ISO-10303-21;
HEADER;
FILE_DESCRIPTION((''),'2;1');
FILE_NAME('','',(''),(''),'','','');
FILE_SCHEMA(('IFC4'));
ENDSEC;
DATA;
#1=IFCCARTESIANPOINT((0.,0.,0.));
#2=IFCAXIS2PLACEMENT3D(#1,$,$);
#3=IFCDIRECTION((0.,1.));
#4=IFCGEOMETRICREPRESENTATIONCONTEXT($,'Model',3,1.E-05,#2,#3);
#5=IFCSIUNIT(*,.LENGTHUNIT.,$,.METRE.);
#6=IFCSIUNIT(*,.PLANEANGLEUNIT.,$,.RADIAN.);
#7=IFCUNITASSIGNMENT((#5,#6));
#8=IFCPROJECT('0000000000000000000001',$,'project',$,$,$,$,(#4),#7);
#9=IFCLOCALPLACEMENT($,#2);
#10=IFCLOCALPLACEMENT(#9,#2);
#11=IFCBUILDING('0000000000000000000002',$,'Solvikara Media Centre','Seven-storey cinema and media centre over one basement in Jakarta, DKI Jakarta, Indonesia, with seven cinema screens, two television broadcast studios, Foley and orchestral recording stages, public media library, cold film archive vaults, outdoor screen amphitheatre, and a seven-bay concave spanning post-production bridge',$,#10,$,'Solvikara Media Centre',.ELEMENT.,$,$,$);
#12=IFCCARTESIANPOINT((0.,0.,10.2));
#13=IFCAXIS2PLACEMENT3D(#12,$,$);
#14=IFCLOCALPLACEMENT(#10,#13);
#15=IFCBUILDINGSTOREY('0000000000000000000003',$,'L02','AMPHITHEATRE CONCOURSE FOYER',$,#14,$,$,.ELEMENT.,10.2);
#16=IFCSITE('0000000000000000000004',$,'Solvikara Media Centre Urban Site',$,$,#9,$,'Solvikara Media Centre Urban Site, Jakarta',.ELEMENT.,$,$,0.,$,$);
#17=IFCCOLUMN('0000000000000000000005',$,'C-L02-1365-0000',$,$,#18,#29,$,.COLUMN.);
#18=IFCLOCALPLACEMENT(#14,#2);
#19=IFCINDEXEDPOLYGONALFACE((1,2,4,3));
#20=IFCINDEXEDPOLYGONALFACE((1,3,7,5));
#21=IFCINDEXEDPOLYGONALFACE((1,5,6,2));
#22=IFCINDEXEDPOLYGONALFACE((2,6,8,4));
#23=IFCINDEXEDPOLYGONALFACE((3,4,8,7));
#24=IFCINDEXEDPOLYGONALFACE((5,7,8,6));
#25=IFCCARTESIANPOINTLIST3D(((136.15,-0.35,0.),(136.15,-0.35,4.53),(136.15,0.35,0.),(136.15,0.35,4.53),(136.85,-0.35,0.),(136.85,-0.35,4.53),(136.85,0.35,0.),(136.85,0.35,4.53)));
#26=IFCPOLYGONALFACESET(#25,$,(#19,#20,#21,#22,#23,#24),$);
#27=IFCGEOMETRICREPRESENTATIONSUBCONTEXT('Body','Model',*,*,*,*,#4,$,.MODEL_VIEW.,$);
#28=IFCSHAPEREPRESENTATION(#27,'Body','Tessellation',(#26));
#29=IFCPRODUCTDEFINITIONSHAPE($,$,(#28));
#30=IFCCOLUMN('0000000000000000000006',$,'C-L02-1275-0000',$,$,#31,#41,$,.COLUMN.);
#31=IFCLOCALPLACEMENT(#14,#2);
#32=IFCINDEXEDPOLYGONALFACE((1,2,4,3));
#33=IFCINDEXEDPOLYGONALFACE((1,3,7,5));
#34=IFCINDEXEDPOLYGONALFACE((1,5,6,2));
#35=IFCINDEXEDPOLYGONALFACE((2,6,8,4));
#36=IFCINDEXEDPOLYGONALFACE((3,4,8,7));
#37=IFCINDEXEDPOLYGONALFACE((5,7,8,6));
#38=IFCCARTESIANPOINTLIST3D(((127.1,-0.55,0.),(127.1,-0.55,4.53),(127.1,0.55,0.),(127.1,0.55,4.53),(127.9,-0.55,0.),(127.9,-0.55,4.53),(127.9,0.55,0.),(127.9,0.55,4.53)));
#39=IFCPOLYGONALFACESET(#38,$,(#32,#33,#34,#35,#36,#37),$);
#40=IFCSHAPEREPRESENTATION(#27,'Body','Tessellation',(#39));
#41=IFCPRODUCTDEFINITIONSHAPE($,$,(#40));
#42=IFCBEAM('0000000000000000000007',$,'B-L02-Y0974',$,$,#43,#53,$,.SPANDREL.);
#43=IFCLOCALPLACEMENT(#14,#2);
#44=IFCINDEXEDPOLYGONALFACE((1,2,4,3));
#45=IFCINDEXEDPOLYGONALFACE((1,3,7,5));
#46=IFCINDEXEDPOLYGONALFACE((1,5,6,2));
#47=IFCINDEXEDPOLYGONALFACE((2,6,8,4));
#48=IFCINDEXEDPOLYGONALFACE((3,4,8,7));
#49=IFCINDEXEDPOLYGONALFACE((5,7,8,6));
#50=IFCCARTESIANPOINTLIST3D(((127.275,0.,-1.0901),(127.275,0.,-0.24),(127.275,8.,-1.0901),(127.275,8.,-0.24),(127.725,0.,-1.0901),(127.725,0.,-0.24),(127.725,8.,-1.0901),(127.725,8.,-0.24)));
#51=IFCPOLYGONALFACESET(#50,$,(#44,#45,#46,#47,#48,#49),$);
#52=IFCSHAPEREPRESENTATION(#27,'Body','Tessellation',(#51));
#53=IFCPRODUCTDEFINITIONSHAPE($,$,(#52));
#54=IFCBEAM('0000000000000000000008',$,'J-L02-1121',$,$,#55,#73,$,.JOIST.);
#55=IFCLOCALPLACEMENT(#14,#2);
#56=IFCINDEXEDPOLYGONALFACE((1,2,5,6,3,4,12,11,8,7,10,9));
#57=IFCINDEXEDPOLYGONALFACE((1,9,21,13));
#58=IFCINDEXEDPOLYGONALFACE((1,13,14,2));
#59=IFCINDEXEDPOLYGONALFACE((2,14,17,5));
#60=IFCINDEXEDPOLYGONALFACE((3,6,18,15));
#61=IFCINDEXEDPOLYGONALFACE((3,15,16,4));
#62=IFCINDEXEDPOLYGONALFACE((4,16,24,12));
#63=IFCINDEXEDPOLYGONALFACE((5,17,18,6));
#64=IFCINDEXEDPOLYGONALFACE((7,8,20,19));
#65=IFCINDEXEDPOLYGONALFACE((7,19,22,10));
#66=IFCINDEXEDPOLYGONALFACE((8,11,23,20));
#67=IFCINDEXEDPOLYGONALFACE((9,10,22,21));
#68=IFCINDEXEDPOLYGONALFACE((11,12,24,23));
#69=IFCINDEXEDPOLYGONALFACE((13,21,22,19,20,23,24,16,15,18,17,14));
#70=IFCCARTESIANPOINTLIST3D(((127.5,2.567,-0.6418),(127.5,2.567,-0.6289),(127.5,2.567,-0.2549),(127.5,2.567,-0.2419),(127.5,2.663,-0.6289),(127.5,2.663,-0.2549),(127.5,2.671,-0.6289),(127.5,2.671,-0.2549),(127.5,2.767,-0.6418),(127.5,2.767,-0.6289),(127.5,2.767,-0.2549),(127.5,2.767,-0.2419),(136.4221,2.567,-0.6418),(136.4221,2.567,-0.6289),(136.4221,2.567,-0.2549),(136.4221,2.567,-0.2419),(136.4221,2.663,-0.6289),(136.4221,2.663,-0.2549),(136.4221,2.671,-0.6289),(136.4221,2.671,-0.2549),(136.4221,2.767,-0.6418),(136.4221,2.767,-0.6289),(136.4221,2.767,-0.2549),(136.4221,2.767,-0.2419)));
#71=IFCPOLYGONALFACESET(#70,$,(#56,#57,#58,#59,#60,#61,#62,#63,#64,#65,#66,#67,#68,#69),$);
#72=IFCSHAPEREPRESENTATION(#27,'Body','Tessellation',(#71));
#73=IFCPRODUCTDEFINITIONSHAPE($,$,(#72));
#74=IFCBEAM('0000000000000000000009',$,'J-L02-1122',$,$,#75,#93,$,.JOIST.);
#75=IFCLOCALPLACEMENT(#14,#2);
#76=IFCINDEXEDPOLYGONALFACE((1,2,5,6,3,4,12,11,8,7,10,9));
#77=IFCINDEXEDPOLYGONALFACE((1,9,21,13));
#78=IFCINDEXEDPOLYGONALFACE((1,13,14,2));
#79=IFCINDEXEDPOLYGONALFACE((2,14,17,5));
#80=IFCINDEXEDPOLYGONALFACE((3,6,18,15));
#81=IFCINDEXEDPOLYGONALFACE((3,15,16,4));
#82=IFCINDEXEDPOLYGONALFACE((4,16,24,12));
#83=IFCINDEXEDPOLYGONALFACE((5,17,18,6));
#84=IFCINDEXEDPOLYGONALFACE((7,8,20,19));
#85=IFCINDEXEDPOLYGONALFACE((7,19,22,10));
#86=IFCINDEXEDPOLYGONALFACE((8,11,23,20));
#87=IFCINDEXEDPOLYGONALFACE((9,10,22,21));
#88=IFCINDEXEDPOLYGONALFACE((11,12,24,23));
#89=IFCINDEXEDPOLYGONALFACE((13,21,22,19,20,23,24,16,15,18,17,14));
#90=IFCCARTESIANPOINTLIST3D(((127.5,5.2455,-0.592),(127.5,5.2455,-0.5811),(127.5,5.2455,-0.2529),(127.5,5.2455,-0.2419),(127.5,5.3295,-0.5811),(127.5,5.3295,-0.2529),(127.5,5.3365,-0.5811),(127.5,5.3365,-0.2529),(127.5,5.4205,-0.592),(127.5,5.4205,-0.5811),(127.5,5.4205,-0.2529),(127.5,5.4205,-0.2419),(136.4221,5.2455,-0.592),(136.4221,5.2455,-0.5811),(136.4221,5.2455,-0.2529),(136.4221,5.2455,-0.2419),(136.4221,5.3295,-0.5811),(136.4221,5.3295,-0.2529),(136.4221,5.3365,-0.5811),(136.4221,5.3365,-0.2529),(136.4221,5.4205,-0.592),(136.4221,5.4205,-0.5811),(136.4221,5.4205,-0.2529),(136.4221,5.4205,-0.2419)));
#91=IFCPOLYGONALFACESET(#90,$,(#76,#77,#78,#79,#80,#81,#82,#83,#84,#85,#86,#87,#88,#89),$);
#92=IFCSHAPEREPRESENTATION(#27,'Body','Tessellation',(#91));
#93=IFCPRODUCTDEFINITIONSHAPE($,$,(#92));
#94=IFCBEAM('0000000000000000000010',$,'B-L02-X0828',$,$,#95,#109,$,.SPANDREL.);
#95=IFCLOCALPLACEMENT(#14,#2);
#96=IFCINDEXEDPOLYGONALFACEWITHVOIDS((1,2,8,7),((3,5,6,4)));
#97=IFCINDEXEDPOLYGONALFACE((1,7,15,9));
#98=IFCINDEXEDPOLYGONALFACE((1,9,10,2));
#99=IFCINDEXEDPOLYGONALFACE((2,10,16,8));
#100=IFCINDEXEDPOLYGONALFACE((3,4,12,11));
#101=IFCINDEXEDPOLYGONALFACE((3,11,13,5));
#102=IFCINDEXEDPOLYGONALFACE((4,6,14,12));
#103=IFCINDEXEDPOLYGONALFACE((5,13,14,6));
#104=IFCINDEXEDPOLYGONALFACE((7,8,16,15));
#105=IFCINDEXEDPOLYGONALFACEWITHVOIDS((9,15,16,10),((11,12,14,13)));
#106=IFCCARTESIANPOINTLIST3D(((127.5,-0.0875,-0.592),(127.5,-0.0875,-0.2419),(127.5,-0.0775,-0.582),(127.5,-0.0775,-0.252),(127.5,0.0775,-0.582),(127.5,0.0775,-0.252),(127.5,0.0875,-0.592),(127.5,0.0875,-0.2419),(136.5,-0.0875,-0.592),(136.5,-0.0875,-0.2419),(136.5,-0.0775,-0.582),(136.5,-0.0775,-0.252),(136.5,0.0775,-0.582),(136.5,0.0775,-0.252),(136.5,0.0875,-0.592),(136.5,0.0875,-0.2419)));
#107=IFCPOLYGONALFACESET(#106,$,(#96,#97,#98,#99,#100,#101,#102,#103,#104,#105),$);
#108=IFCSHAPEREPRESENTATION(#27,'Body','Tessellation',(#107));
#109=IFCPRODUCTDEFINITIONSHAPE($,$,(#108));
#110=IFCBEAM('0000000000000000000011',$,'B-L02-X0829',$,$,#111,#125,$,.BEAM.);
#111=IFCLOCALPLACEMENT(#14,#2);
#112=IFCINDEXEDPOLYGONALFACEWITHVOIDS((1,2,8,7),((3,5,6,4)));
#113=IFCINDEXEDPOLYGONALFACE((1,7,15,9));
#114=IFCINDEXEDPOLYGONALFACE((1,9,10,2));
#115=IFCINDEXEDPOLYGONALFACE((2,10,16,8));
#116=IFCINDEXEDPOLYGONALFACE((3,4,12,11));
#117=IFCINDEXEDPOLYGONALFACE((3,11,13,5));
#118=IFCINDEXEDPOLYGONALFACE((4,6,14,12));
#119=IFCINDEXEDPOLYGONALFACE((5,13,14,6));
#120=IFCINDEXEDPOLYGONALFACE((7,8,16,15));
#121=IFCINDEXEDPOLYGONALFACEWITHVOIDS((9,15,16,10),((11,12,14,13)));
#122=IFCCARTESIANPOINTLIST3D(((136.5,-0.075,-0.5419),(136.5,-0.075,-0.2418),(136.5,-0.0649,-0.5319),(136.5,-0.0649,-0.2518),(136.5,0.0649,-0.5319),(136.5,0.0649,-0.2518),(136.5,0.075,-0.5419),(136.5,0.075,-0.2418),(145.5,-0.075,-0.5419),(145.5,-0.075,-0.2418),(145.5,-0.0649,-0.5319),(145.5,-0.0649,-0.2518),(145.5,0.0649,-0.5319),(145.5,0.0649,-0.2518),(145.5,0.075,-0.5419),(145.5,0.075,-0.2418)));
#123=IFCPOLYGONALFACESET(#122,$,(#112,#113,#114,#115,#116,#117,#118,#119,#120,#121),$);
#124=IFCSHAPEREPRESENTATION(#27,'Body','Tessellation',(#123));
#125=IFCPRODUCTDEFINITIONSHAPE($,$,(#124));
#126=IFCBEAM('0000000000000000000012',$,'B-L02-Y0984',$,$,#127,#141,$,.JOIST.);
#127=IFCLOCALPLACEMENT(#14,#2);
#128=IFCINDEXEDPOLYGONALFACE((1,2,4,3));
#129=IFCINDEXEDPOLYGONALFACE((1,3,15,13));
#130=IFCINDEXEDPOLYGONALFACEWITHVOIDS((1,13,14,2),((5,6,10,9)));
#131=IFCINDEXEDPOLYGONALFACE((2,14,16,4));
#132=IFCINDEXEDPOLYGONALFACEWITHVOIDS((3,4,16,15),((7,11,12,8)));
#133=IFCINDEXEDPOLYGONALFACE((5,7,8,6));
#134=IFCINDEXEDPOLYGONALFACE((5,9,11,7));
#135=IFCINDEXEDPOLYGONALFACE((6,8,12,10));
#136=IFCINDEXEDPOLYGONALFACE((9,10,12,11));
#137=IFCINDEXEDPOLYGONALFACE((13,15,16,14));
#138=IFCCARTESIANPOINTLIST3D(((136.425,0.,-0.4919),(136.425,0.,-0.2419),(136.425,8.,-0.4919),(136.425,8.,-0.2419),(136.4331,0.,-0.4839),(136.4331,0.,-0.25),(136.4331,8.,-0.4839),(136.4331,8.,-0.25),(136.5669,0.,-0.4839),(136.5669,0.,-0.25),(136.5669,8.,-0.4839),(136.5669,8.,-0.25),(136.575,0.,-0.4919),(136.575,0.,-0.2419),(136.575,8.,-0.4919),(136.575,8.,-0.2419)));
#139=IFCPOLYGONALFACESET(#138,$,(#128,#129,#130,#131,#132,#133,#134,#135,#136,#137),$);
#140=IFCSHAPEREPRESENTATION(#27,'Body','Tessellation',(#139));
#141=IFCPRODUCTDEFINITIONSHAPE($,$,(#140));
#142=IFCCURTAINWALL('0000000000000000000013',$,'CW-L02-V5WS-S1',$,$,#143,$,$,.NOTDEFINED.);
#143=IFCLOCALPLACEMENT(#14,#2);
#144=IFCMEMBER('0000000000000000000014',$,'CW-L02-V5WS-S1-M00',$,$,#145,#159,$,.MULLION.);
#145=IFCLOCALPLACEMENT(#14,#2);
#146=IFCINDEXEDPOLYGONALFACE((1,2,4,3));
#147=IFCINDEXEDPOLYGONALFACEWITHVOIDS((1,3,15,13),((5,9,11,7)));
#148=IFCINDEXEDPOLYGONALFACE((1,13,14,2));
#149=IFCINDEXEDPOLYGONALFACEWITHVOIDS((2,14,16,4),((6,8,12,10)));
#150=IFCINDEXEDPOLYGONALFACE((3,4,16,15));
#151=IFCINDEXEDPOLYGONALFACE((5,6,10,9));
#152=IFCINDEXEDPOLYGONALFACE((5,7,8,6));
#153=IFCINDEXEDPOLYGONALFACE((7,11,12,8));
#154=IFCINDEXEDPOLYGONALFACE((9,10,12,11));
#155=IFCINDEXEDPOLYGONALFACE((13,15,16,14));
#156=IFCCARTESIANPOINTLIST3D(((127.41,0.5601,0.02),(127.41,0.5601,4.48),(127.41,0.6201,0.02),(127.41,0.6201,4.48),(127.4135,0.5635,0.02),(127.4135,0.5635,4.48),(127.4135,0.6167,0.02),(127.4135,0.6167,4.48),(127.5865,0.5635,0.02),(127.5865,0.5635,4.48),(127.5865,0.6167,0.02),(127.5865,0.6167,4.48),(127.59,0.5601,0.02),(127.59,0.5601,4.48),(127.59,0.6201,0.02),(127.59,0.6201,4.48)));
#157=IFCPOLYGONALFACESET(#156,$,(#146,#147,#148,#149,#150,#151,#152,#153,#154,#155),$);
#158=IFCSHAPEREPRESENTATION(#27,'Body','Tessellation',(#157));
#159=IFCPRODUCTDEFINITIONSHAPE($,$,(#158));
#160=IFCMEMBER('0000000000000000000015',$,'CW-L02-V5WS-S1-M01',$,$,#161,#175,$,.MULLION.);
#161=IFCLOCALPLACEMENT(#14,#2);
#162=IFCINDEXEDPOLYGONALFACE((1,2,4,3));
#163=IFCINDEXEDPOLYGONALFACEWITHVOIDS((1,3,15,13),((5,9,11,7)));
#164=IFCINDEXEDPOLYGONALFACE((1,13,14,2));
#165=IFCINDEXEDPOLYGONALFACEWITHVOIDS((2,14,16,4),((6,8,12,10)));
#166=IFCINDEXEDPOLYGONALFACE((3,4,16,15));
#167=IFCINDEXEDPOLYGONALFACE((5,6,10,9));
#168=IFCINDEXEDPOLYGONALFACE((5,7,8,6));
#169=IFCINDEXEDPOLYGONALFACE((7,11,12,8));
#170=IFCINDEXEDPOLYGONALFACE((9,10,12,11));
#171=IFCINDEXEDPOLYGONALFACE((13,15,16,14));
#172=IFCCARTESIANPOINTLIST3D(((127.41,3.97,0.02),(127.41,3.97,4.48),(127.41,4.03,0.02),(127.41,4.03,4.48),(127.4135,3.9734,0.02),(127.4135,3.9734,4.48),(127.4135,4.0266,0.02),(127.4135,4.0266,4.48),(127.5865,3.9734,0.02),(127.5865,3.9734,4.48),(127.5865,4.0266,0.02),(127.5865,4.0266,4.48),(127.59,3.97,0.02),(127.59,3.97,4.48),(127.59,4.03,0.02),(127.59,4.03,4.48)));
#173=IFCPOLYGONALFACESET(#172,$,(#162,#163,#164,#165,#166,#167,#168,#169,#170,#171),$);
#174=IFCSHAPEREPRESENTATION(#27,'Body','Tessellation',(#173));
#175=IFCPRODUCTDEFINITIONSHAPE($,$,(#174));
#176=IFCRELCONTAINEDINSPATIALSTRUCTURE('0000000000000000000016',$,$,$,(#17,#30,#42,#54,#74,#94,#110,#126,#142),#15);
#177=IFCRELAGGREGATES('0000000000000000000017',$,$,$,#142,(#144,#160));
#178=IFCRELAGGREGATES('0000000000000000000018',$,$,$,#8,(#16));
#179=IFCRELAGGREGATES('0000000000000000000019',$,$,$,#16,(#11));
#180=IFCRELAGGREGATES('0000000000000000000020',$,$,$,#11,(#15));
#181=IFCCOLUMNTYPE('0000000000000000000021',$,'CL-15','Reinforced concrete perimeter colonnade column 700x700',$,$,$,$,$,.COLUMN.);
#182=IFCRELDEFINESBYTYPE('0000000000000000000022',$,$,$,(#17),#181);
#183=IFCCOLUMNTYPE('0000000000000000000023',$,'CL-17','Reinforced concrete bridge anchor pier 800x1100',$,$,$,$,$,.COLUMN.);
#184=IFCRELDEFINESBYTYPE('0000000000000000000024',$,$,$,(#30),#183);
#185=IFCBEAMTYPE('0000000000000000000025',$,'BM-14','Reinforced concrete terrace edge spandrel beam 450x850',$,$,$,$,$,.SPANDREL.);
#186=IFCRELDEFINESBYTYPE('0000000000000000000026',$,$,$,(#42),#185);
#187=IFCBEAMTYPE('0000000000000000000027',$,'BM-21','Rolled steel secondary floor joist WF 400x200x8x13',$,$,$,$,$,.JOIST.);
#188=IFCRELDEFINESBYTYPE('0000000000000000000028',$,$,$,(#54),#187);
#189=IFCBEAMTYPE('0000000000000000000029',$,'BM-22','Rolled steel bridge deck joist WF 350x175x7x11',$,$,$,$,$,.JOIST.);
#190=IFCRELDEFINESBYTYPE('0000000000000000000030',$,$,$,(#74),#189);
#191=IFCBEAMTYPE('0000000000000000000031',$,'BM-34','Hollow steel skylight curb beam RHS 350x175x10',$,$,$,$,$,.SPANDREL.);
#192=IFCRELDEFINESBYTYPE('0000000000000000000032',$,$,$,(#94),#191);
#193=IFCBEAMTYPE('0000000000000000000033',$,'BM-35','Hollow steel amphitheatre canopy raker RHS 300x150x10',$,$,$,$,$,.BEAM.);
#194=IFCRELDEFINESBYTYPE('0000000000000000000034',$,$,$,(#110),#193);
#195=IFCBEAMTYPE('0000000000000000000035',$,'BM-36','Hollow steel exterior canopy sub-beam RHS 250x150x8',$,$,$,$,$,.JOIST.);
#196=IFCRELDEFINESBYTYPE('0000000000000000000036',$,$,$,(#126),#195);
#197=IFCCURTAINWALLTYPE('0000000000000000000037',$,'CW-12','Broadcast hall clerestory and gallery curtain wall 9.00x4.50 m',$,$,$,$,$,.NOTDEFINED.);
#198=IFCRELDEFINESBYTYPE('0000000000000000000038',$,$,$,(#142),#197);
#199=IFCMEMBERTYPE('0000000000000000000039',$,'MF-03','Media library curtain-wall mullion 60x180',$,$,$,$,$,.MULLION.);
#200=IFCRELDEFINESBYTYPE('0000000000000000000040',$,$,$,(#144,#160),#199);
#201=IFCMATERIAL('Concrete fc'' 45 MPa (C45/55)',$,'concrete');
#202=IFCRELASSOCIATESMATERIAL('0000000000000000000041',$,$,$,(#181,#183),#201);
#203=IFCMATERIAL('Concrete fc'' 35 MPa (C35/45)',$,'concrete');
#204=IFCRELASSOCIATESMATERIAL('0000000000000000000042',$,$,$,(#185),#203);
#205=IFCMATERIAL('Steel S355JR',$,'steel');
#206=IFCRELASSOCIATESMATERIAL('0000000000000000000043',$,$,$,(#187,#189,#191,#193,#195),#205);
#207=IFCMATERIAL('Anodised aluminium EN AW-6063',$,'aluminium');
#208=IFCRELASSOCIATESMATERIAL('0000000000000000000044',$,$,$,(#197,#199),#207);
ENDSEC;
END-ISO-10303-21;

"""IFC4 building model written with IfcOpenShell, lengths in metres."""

from ifc_helpers import new_model, si_unit, direction, frame, origin, origin_2d, place, context, subcontext, project, spatial, rectangle, hollow_rectangle, i_section, extrude, material, material_profile, profile_set, type_object, element, aggregate, save


model = new_model("IFC4")

# Units and contexts
model_context = context("Model", 3, precision=1e-05, world=origin(), true_north=direction((0.0, 1.0)))
body_context = subcontext(model_context, "Body", "Model", "MODEL_VIEW")
ifc_project = project(units=[si_unit("LENGTHUNIT", "METRE"), si_unit("PLANEANGLEUNIT", "RADIAN")], contexts=[model_context])

# Site, building, storey
site_placement = place(None, origin())
site = spatial("IfcSite", under=ifc_project, at=site_placement, Name="Solvikara Media Centre Urban Site", LongName="Solvikara Media Centre Urban Site, Jakarta", CompositionType="ELEMENT", RefElevation=0.0)
building_placement = place(site_placement, origin())
building = spatial("IfcBuilding", under=site, at=building_placement, Name="Solvikara Media Centre", Description="Seven-storey cinema and media centre over one basement in Jakarta, DKI Jakarta, Indonesia, with seven cinema screens, two television broadcast studios, Foley and orchestral recording stages, public media library, cold film archive vaults, outdoor screen amphitheatre, and a seven-bay concave spanning post-production bridge", LongName="Solvikara Media Centre", CompositionType="ELEMENT")
storey_placement = place(building_placement, frame((0.0, 0.0, 10.2)))
storey = spatial("IfcBuildingStorey", under=building, at=storey_placement, Name="L02", Description="AMPHITHEATRE CONCOURSE FOYER", CompositionType="ELEMENT", Elevation=10.2)

# Columns
ifc_material_1 = material(Name="Concrete fc' 45 MPa (C45/55)", Category="concrete")
ifc_material_profile_1 = material_profile(ifc_material_1, rectangle(XDim=0.7, YDim=0.7, at=origin_2d()), Name="RC 700x700")
ifc_profile_set_1 = profile_set([ifc_material_profile_1], Name="Concrete fc' 45 MPa (C45/55)")
column_type_1 = type_object("IfcColumnType", Name="CL-15", Description="Reinforced concrete perimeter colonnade column 700x700", PredefinedType="COLUMN", material=ifc_profile_set_1)
column_1_placement = place(storey_placement, frame((136.5, 0.0, 0.0), z_axis=(0.0, 0.0, 1.0), x_axis=(1.0, 0.0, 0.0)))
element("IfcColumn", 1, at=column_1_placement, inside=storey, type_object=column_type_1, Name="C-L02-1365-0000", PredefinedType="COLUMN", context=body_context, shape_type="SweptSolid", body=[
    extrude(rectangle(XDim=0.7, YDim=0.7, at=origin_2d()), origin(), (0.0, 0.0, 1.0), 4.53),
])
ifc_material_profile_2 = material_profile(ifc_material_1, rectangle(XDim=0.8, YDim=1.1001, at=origin_2d()), Name="RC 800x1100")
ifc_profile_set_2 = profile_set([ifc_material_profile_2], Name="Concrete fc' 45 MPa (C45/55)")
column_type_2 = type_object("IfcColumnType", Name="CL-17", Description="Reinforced concrete bridge anchor pier 800x1100", PredefinedType="COLUMN", material=ifc_profile_set_2)
column_2_placement = place(storey_placement, frame((127.5, 0.0, 0.0), z_axis=(0.0, 0.0, 1.0), x_axis=(1.0, 0.0, 0.0)))
element("IfcColumn", 2, at=column_2_placement, inside=storey, type_object=column_type_2, Name="C-L02-1275-0000", PredefinedType="COLUMN", context=body_context, shape_type="SweptSolid", body=[
    extrude(rectangle(XDim=0.8, YDim=1.1001, at=origin_2d()), origin(), (0.0, 0.0, 1.0), 4.53),
])

# Beams
ifc_material_2 = material(Name="Concrete fc' 35 MPa (C35/45)", Category="concrete")
ifc_material_profile_3 = material_profile(ifc_material_2, rectangle(XDim=0.45, YDim=0.8501, at=origin_2d()), Name="RC 450x850")
ifc_profile_set_3 = profile_set([ifc_material_profile_3], Name="Concrete fc' 35 MPa (C35/45)")
beam_type_1 = type_object("IfcBeamType", Name="BM-14", Description="Reinforced concrete terrace edge spandrel beam 450x850", PredefinedType="SPANDREL", material=ifc_profile_set_3)
beam_1_placement = place(storey_placement, frame((127.5, 0.0, -0.665), z_axis=(0.0, 1.0, 0.0), x_axis=(-1.0, 0.0, 0.0)))
element("IfcBeam", 3, at=beam_1_placement, inside=storey, type_object=beam_type_1, Name="B-L02-Y0974", PredefinedType="SPANDREL", context=body_context, shape_type="SweptSolid", body=[
    extrude(rectangle(XDim=0.45, YDim=0.8501, at=origin_2d()), origin(), (0.0, 0.0, 1.0), 8.0),
])
ifc_material_3 = material(Name="Steel S355JR", Category="steel")
ifc_material_profile_4 = material_profile(ifc_material_3, i_section(OverallWidth=0.2, OverallDepth=0.3999, WebThickness=0.0081, FlangeThickness=0.0129, at=origin_2d()), Name="WF 400x200x8x13")
ifc_profile_set_4 = profile_set([ifc_material_profile_4], Name="Steel S355JR")
beam_type_2 = type_object("IfcBeamType", Name="BM-21", Description="Rolled steel secondary floor joist WF 400x200x8x13", PredefinedType="JOIST", material=ifc_profile_set_4)
beam_2_placement = place(storey_placement, frame((127.5, 2.667, -0.4419), z_axis=(1.0, 0.0, 0.0), x_axis=(0.0, 1.0, 0.0)))
element("IfcBeam", 4, at=beam_2_placement, inside=storey, type_object=beam_type_2, Name="J-L02-1121", PredefinedType="JOIST", context=body_context, shape_type="SweptSolid", body=[
    extrude(i_section(OverallWidth=0.2, OverallDepth=0.3999, WebThickness=0.0081, FlangeThickness=0.0129, at=origin_2d()), origin(), (0.0, 0.0, 1.0), 8.9221),
])
ifc_material_profile_5 = material_profile(ifc_material_3, i_section(OverallWidth=0.175, OverallDepth=0.3501, WebThickness=0.0071, FlangeThickness=0.011, at=origin_2d()), Name="WF 350x175x7x11")
ifc_profile_set_5 = profile_set([ifc_material_profile_5], Name="Steel S355JR")
beam_type_3 = type_object("IfcBeamType", Name="BM-22", Description="Rolled steel bridge deck joist WF 350x175x7x11", PredefinedType="JOIST", material=ifc_profile_set_5)
beam_3_placement = place(storey_placement, frame((127.5, 5.333, -0.417), z_axis=(1.0, 0.0, 0.0), x_axis=(0.0, 1.0, 0.0)))
element("IfcBeam", 5, at=beam_3_placement, inside=storey, type_object=beam_type_3, Name="J-L02-1122", PredefinedType="JOIST", context=body_context, shape_type="SweptSolid", body=[
    extrude(i_section(OverallWidth=0.175, OverallDepth=0.3501, WebThickness=0.0071, FlangeThickness=0.011, at=origin_2d()), origin(), (0.0, 0.0, 1.0), 8.9221),
])
ifc_material_profile_6 = material_profile(ifc_material_3, hollow_rectangle(XDim=0.175, YDim=0.3501, WallThickness=0.01, at=origin_2d()), Name="RHS 350x175x10")
ifc_profile_set_6 = profile_set([ifc_material_profile_6], Name="Steel S355JR")
beam_type_4 = type_object("IfcBeamType", Name="BM-34", Description="Hollow steel skylight curb beam RHS 350x175x10", PredefinedType="SPANDREL", material=ifc_profile_set_6)
beam_4_placement = place(storey_placement, frame((127.5, 0.0, -0.417), z_axis=(1.0, 0.0, 0.0), x_axis=(0.0, 1.0, 0.0)))
element("IfcBeam", 6, at=beam_4_placement, inside=storey, type_object=beam_type_4, Name="B-L02-X0828", PredefinedType="SPANDREL", context=body_context, shape_type="SweptSolid", body=[
    extrude(hollow_rectangle(XDim=0.175, YDim=0.3501, WallThickness=0.01, at=origin_2d()), origin(), (0.0, 0.0, 1.0), 9.0),
])
ifc_material_profile_7 = material_profile(ifc_material_3, hollow_rectangle(XDim=0.1499, YDim=0.3, WallThickness=0.01, at=origin_2d()), Name="RHS 300x150x10")
ifc_profile_set_7 = profile_set([ifc_material_profile_7], Name="Steel S355JR")
beam_type_5 = type_object("IfcBeamType", Name="BM-35", Description="Hollow steel amphitheatre canopy raker RHS 300x150x10", PredefinedType="BEAM", material=ifc_profile_set_7)
beam_5_placement = place(storey_placement, frame((136.5, 0.0, -0.3918), z_axis=(1.0, 0.0, 0.0), x_axis=(0.0, 1.0, 0.0)))
element("IfcBeam", 7, at=beam_5_placement, inside=storey, type_object=beam_type_5, Name="B-L02-X0829", PredefinedType="BEAM", context=body_context, shape_type="SweptSolid", body=[
    extrude(hollow_rectangle(XDim=0.1499, YDim=0.3, WallThickness=0.01, at=origin_2d()), origin(), (0.0, 0.0, 1.0), 9.0),
])
ifc_material_profile_8 = material_profile(ifc_material_3, hollow_rectangle(XDim=0.1499, YDim=0.25, WallThickness=0.0081, at=origin_2d()), Name="RHS 250x150x8")
ifc_profile_set_8 = profile_set([ifc_material_profile_8], Name="Steel S355JR")
beam_type_6 = type_object("IfcBeamType", Name="BM-36", Description="Hollow steel exterior canopy sub-beam RHS 250x150x8", PredefinedType="JOIST", material=ifc_profile_set_8)
beam_6_placement = place(storey_placement, frame((136.5, 0.0, -0.3669), z_axis=(0.0, 1.0, 0.0), x_axis=(-1.0, 0.0, 0.0)))
element("IfcBeam", 8, at=beam_6_placement, inside=storey, type_object=beam_type_6, Name="B-L02-Y0984", PredefinedType="JOIST", context=body_context, shape_type="SweptSolid", body=[
    extrude(hollow_rectangle(XDim=0.1499, YDim=0.25, WallThickness=0.0081, at=origin_2d()), origin(), (0.0, 0.0, 1.0), 8.0),
])

# Curtain wall, members
ifc_material_4 = material(Name="Anodised aluminium EN AW-6063", Category="aluminium")
curtain_wall_type = type_object("IfcCurtainWallType", Name="CW-12", Description="Broadcast hall clerestory and gallery curtain wall 9.00x4.50 m", PredefinedType="NOTDEFINED", material=ifc_material_4)
curtain_wall_placement = place(storey_placement, origin())
curtain_wall = element("IfcCurtainWall", 9, at=curtain_wall_placement, inside=storey, type_object=curtain_wall_type, Name="CW-L02-V5WS-S1", PredefinedType="NOTDEFINED")
ifc_material_profile_9 = material_profile(ifc_material_4, hollow_rectangle(XDim=0.0601, YDim=0.1799, WallThickness=0.0034, at=origin_2d()), Name="ALU-M 60x180x3.5")
ifc_profile_set_9 = profile_set([ifc_material_profile_9], Name="Anodised aluminium EN AW-6063")
member_type_1 = type_object("IfcMemberType", Name="MF-03", Description="Media library curtain-wall mullion 60x180", PredefinedType="MULLION", material=ifc_profile_set_9)
member_1_placement = place(storey_placement, frame((127.5, 0.5901, 0.02), z_axis=(0.0, 0.0, 1.0), x_axis=(0.0, 1.0, 0.0)))
member_1 = element("IfcMember", 10, at=member_1_placement, type_object=member_type_1, Name="CW-L02-V5WS-S1-M00", PredefinedType="MULLION", context=body_context, shape_type="SweptSolid", body=[
    extrude(hollow_rectangle(XDim=0.0601, YDim=0.1799, WallThickness=0.0034, at=origin_2d()), origin(), (0.0, 0.0, 1.0), 4.46),
])
member_2_placement = place(storey_placement, frame((127.5, 4.0, 0.02), z_axis=(0.0, 0.0, 1.0), x_axis=(0.0, 1.0, 0.0)))
member_2 = element("IfcMember", 11, at=member_2_placement, type_object=member_type_1, Name="CW-L02-V5WS-S1-M01", PredefinedType="MULLION", context=body_context, shape_type="SweptSolid", body=[
    extrude(hollow_rectangle(XDim=0.0601, YDim=0.1799, WallThickness=0.0034, at=origin_2d()), origin(), (0.0, 0.0, 1.0), 4.46),
])
aggregate(curtain_wall, [member_1, member_2])

save(model, "model.ifc")
